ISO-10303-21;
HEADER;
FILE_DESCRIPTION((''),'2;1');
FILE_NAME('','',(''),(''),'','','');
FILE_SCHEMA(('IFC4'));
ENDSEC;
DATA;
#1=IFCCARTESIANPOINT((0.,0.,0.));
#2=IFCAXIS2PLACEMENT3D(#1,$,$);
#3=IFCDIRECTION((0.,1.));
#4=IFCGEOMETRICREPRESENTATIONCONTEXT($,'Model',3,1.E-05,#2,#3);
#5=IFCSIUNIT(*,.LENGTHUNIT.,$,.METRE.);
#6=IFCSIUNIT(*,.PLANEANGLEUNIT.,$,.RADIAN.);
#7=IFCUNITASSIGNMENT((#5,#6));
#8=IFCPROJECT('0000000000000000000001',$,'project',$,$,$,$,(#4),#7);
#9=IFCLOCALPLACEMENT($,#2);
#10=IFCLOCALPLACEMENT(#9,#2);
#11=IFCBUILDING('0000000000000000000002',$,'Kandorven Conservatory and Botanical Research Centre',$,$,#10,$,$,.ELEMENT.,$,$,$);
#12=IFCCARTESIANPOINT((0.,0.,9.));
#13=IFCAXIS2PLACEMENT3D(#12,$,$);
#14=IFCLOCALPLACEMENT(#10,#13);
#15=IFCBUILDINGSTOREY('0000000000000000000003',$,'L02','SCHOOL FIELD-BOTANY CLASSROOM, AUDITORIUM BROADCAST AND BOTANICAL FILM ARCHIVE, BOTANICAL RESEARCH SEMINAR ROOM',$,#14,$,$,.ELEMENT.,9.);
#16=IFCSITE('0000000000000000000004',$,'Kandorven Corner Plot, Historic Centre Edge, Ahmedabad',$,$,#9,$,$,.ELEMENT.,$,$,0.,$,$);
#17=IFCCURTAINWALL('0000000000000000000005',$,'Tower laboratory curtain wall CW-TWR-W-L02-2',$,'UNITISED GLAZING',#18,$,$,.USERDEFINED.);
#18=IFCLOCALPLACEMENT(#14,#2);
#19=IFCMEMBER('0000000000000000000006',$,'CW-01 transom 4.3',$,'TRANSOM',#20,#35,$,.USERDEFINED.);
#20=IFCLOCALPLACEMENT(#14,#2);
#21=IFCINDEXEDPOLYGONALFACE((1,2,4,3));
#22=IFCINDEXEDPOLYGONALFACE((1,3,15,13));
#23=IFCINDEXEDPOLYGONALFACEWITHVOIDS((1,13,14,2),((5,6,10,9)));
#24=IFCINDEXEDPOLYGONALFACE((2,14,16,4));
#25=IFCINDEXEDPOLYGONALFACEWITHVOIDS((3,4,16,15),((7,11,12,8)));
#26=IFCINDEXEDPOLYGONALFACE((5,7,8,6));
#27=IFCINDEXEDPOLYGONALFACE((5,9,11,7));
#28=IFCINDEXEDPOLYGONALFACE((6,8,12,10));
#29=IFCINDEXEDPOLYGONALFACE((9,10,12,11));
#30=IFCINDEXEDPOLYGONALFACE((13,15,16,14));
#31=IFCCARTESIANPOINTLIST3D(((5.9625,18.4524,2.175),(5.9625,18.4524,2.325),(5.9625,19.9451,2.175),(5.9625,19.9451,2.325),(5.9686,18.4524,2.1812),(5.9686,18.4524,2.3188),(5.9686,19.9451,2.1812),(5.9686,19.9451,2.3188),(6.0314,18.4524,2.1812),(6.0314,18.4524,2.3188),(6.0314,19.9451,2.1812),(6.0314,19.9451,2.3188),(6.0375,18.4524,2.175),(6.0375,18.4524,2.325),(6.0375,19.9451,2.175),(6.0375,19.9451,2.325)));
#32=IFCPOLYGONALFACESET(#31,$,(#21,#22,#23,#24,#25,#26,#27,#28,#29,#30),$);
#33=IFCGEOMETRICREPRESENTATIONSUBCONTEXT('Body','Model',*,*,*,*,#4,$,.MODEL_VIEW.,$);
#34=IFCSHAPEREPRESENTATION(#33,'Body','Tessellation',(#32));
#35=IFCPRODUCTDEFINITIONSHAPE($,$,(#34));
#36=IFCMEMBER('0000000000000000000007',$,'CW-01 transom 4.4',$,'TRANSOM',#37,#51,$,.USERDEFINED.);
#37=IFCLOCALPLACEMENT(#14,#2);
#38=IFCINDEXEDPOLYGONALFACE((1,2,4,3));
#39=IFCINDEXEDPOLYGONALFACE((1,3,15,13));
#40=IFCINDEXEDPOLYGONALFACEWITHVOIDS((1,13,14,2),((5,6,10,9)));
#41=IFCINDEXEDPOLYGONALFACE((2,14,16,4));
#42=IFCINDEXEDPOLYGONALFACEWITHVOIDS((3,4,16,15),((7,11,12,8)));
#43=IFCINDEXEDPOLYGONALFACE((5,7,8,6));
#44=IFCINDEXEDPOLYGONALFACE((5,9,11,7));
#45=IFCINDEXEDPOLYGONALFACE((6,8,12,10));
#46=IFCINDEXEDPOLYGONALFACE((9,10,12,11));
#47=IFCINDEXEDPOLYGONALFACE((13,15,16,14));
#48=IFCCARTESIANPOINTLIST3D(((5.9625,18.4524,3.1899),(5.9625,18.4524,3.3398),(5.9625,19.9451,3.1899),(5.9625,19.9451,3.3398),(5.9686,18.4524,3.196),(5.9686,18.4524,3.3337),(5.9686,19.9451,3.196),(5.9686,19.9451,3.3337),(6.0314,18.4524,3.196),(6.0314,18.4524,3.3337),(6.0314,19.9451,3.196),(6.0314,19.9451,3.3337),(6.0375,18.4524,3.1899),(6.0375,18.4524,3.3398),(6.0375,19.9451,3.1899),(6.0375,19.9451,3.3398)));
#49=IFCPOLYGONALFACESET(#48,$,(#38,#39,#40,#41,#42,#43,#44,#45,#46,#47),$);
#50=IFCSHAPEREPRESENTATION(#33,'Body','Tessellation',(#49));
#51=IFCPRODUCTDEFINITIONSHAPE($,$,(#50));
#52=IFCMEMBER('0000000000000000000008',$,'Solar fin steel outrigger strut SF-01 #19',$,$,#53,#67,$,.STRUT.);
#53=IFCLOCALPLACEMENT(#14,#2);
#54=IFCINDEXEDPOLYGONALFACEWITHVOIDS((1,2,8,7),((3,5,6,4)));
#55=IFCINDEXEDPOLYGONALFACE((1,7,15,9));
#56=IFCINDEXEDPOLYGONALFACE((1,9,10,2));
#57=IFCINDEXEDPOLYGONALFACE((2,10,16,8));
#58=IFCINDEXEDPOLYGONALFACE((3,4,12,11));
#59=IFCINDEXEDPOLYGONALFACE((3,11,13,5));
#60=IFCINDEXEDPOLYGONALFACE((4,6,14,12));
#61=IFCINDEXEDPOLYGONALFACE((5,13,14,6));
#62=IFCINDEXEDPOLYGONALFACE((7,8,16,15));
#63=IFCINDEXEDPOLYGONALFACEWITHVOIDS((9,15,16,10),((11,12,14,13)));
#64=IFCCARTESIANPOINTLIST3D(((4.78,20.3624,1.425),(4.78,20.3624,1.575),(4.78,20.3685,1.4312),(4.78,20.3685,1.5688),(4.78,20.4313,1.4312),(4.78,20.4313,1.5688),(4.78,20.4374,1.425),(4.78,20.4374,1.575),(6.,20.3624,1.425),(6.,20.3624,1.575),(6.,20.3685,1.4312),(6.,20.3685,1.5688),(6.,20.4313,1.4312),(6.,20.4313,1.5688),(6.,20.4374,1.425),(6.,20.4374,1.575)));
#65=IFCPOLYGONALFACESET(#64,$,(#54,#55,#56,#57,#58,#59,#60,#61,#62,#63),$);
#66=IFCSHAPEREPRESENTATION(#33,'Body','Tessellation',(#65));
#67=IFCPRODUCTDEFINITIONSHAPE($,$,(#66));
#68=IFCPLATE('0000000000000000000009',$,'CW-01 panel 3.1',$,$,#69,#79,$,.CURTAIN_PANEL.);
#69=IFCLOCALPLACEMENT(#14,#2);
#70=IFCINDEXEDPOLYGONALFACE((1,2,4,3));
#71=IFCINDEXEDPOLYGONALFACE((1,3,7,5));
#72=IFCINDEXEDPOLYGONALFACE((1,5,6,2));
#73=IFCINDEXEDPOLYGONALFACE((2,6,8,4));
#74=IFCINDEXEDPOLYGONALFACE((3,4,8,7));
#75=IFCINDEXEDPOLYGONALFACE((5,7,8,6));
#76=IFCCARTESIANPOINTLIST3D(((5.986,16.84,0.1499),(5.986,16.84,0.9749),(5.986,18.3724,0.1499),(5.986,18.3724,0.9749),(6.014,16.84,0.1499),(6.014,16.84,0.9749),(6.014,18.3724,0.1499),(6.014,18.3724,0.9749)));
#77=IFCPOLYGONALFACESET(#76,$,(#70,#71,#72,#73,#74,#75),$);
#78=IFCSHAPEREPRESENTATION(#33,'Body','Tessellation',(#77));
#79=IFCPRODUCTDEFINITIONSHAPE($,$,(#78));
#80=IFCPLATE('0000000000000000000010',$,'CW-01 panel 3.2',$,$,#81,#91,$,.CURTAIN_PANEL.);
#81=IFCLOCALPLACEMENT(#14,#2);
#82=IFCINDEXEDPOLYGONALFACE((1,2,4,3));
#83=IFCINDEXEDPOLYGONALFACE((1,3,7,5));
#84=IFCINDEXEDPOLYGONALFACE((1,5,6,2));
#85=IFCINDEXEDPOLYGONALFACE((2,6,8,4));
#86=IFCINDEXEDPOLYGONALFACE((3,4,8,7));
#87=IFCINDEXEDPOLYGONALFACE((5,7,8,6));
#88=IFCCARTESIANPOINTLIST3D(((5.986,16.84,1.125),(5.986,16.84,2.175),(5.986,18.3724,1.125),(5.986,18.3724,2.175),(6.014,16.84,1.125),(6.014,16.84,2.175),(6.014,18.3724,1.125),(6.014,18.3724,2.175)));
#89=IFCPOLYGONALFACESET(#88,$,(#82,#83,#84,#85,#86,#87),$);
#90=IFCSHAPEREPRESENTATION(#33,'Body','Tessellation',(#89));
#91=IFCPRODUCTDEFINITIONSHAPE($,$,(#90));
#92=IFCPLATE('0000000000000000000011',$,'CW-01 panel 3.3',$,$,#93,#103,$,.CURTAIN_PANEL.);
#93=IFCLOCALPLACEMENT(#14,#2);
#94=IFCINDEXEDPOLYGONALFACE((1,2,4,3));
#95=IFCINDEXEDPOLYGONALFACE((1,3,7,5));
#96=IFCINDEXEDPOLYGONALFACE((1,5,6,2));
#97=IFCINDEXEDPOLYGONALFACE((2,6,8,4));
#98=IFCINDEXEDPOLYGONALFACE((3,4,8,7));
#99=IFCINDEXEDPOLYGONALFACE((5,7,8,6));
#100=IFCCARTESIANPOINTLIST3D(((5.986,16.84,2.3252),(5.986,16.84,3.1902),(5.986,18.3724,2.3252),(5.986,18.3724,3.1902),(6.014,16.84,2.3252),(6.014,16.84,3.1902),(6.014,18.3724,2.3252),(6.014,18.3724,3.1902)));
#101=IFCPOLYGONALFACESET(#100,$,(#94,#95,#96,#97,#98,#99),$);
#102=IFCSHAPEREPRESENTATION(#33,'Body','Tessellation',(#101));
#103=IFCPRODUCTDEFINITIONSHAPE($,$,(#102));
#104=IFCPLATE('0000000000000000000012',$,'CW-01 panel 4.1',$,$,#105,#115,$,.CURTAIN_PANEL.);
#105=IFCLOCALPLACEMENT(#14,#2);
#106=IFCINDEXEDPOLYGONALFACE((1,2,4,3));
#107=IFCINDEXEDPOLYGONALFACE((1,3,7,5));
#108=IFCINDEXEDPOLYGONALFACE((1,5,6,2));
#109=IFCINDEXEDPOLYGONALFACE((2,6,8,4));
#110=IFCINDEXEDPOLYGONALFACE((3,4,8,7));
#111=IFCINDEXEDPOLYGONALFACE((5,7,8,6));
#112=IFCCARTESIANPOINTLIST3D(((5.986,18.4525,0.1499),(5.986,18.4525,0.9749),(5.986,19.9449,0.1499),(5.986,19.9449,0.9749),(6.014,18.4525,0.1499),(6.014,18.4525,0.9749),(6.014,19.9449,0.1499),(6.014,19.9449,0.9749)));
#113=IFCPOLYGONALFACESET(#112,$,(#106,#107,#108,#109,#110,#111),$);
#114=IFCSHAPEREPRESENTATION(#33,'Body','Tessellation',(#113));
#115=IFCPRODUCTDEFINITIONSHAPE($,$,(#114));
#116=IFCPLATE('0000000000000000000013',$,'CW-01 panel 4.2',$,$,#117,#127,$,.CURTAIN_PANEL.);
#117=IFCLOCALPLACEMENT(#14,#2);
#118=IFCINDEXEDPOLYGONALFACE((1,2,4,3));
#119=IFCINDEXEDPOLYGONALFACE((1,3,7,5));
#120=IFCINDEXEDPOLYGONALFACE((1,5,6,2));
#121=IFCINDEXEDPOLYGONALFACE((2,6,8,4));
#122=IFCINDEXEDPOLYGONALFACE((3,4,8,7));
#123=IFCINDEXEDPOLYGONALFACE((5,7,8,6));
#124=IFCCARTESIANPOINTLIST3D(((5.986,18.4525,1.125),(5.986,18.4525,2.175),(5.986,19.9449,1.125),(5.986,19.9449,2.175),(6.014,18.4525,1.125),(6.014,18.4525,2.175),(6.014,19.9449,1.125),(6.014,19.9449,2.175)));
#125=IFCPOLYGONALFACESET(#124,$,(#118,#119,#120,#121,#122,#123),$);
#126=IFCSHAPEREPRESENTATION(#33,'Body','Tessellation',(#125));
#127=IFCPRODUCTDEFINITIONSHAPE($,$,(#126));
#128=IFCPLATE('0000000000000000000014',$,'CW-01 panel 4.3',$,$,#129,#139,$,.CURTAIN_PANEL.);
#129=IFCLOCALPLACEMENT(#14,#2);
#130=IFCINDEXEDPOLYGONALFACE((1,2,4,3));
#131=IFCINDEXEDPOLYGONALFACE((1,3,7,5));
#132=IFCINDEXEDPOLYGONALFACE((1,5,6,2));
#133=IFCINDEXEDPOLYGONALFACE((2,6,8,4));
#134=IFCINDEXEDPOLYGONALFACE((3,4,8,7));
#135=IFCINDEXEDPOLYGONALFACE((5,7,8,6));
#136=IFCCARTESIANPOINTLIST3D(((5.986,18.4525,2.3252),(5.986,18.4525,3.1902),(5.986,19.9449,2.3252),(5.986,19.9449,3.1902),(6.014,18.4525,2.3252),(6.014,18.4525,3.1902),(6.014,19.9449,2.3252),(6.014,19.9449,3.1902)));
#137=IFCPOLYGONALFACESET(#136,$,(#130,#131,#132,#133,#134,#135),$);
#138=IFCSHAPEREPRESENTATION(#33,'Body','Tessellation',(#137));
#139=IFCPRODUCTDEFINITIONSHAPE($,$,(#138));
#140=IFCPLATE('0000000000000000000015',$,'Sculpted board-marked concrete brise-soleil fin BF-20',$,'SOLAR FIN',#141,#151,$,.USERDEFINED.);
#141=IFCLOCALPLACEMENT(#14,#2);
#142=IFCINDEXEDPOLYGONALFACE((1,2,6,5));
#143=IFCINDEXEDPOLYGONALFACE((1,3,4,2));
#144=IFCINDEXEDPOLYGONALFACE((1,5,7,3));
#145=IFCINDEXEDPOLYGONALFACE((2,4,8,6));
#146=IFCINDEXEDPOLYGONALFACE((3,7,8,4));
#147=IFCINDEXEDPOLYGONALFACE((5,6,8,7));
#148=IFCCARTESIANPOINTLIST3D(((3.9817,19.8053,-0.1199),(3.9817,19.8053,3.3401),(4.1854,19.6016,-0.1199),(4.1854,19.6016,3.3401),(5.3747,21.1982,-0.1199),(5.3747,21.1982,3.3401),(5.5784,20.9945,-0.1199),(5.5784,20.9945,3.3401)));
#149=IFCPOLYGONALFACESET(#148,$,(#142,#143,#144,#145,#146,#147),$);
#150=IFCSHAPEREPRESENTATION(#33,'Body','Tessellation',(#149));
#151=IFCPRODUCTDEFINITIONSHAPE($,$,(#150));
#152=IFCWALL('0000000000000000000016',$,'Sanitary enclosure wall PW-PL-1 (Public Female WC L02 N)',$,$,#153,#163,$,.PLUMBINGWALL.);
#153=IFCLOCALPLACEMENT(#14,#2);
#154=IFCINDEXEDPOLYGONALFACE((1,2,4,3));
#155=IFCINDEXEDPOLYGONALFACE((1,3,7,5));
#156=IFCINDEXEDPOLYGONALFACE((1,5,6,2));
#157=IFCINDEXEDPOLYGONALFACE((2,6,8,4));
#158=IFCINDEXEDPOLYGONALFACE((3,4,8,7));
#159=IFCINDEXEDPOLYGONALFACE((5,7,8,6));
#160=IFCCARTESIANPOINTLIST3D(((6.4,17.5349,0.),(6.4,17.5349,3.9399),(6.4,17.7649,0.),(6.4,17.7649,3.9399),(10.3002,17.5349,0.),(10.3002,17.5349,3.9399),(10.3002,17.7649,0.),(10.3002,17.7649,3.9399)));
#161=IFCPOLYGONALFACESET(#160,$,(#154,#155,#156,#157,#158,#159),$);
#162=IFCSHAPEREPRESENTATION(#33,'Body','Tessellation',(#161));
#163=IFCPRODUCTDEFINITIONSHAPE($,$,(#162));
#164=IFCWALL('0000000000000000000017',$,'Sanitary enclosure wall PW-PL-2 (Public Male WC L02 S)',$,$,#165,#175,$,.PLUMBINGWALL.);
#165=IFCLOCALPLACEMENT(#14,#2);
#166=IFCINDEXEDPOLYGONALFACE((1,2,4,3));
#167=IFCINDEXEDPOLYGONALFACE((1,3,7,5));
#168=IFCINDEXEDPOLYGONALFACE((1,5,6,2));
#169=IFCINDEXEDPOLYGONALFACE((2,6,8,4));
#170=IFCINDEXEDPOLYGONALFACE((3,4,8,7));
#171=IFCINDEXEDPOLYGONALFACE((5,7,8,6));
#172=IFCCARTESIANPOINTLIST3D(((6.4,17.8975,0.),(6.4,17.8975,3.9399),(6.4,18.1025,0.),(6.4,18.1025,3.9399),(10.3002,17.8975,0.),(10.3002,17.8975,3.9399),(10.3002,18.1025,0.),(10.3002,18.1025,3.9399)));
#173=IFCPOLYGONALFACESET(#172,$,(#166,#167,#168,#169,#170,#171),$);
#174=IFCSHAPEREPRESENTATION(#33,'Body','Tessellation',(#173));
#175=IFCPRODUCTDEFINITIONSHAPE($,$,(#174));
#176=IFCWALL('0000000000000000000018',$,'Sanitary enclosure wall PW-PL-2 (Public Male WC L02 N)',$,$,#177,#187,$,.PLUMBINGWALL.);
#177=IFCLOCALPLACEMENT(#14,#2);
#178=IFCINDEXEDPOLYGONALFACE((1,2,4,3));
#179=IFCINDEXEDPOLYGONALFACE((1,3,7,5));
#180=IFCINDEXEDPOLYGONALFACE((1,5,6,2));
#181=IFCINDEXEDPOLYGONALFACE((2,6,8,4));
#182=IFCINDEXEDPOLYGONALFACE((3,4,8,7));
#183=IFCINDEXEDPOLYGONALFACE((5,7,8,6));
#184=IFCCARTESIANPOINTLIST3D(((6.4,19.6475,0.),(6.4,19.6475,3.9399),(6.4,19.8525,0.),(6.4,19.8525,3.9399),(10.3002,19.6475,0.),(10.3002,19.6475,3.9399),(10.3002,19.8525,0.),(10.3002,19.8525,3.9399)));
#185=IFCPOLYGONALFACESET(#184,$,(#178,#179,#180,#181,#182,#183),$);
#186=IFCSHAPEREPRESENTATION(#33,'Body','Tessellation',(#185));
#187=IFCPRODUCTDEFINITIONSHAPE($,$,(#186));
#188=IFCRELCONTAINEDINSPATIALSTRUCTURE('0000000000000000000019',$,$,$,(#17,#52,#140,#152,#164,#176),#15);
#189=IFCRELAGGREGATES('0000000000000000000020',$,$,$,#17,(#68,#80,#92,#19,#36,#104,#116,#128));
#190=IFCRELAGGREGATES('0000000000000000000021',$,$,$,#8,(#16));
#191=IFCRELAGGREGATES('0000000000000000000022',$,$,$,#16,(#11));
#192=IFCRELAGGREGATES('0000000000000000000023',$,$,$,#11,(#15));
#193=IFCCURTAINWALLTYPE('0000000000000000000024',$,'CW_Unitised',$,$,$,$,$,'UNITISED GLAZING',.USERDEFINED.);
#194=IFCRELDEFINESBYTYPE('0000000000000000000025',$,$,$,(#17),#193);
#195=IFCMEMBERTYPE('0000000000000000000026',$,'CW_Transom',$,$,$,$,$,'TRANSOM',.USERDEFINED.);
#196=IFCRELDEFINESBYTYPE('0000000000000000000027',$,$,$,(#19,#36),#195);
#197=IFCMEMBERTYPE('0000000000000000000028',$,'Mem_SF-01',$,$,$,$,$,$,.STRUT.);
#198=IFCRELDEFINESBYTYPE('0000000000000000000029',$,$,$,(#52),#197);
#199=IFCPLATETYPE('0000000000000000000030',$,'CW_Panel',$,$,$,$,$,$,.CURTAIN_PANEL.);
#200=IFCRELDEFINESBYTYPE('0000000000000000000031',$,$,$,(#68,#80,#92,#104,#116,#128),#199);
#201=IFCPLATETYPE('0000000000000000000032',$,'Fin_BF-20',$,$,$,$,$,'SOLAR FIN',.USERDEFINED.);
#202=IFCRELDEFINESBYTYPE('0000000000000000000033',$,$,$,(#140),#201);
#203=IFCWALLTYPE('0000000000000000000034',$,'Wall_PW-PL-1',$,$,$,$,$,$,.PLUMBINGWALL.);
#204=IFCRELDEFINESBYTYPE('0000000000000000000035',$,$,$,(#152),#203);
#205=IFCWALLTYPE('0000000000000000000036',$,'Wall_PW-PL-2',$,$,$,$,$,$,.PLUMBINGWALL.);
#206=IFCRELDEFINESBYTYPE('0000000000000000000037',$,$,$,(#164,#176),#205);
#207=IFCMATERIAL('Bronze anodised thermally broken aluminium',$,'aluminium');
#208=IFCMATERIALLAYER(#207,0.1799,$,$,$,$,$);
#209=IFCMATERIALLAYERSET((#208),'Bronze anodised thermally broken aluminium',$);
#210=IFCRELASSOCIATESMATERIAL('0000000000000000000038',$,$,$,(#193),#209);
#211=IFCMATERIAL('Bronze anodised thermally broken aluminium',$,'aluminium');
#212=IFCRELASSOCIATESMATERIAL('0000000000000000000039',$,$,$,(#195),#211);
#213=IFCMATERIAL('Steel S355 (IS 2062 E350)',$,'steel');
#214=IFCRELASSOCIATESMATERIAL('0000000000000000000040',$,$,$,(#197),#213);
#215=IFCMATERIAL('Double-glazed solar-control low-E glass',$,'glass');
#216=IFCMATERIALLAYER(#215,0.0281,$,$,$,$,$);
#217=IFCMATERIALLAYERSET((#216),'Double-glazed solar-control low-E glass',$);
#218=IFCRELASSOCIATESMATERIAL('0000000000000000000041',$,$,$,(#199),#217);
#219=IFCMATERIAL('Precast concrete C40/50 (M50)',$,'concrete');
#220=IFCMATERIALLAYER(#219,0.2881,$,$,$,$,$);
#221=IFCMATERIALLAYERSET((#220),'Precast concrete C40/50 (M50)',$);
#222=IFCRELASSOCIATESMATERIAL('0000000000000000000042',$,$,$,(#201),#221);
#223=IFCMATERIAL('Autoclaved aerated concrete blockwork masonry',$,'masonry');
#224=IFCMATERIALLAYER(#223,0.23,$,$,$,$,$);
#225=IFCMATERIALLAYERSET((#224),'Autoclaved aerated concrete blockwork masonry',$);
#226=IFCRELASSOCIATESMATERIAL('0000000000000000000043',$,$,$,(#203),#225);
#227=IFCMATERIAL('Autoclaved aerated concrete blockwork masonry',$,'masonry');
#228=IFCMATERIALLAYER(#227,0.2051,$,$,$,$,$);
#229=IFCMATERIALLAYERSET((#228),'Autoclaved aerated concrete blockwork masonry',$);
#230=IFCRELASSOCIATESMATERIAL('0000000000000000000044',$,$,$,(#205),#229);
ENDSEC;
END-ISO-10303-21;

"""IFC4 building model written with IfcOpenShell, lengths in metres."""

from ifc_helpers import new_model, si_unit, direction, frame, frame_2d, origin, origin_2d, place, context, subcontext, project, spatial, rectangle, hollow_rectangle, extrude, material, layer, layer_set, material_profile, profile_set, type_object, element, aggregate, save


model = new_model("IFC4")

# Units and contexts
model_context = context("Model", 3, precision=1e-05, world=origin(), true_north=direction((0.0, 1.0)))
body_context = subcontext(model_context, "Body", "Model", "MODEL_VIEW")
ifc_project = project(units=[si_unit("LENGTHUNIT", "METRE"), si_unit("PLANEANGLEUNIT", "RADIAN")], contexts=[model_context])

# Site, building, storey
site_placement = place(None, origin())
site = spatial("IfcSite", under=ifc_project, at=site_placement, Name="Kandorven Corner Plot, Historic Centre Edge, Ahmedabad", CompositionType="ELEMENT", RefElevation=0.0)
building_placement = place(site_placement, origin())
building = spatial("IfcBuilding", under=site, at=building_placement, Name="Kandorven Conservatory and Botanical Research Centre", CompositionType="ELEMENT")
storey_placement = place(building_placement, frame((0.0, 0.0, 9.0)))
storey = spatial("IfcBuildingStorey", under=building, at=storey_placement, Name="L02", Description="SCHOOL FIELD-BOTANY CLASSROOM, AUDITORIUM BROADCAST AND BOTANICAL FILM ARCHIVE, BOTANICAL RESEARCH SEMINAR ROOM", CompositionType="ELEMENT", Elevation=9.0)

# Curtain wall, members
ifc_material_1 = material(Name="Bronze anodised thermally broken aluminium", Category="aluminium")
ifc_layer_1 = layer(ifc_material_1, 0.1799)
ifc_layer_set_1 = layer_set([ifc_layer_1], Name="Bronze anodised thermally broken aluminium")
curtain_wall_type = type_object("IfcCurtainWallType", Name="CW_Unitised", ElementType="UNITISED GLAZING", PredefinedType="USERDEFINED", material=ifc_layer_set_1)
curtain_wall_placement = place(storey_placement, origin())
curtain_wall = element("IfcCurtainWall", 1, at=curtain_wall_placement, inside=storey, type_object=curtain_wall_type, Name="Tower laboratory curtain wall CW-TWR-W-L02-2", ObjectType="UNITISED GLAZING", PredefinedType="USERDEFINED")
ifc_material_2 = material(Name="Bronze anodised thermally broken aluminium", Category="aluminium")
ifc_material_profile_1 = material_profile(ifc_material_2, hollow_rectangle(XDim=0.075, YDim=0.1499, WallThickness=0.0061, at=origin_2d()))
ifc_profile_set_1 = profile_set([ifc_material_profile_1], Name="Bronze anodised thermally broken aluminium")
member_type_1 = type_object("IfcMemberType", Name="CW_Transom", ElementType="TRANSOM", PredefinedType="USERDEFINED", material=ifc_profile_set_1)
member_1_placement = place(storey_placement, frame((6.0, 18.4524, 2.25), z_axis=(0.0, 1.0, 0.0), x_axis=(-1.0, 0.0, 0.0)))
member_1 = element("IfcMember", 2, at=member_1_placement, type_object=member_type_1, Name="CW-01 transom 4.3", ObjectType="TRANSOM", PredefinedType="USERDEFINED", context=body_context, shape_type="SweptSolid", body=[
    extrude(hollow_rectangle(XDim=0.075, YDim=0.1499, WallThickness=0.0061, at=origin_2d()), origin(), (0.0, 0.0, 1.0), 1.4927),
])
member_2_placement = place(storey_placement, frame((6.0, 18.4524, 3.2649), z_axis=(0.0, 1.0, 0.0), x_axis=(-1.0, 0.0, 0.0)))
member_2 = element("IfcMember", 3, at=member_2_placement, type_object=member_type_1, Name="CW-01 transom 4.4", ObjectType="TRANSOM", PredefinedType="USERDEFINED", context=body_context, shape_type="SweptSolid", body=[
    extrude(hollow_rectangle(XDim=0.075, YDim=0.1499, WallThickness=0.0061, at=origin_2d()), origin(), (0.0, 0.0, 1.0), 1.4927),
])

# Member
ifc_material_3 = material(Name="Steel S355 (IS 2062 E350)", Category="steel")
ifc_material_profile_2 = material_profile(ifc_material_3, hollow_rectangle(XDim=0.075, YDim=0.1499, WallThickness=0.0061, at=origin_2d()))
ifc_profile_set_2 = profile_set([ifc_material_profile_2], Name="Steel S355 (IS 2062 E350)")
member_type_2 = type_object("IfcMemberType", Name="Mem_SF-01", PredefinedType="STRUT", material=ifc_profile_set_2)
member_3_placement = place(storey_placement, frame((6.0, 20.3999, 1.5), z_axis=(-1.0, 0.0, 0.0), x_axis=(0.0, -1.0, 0.0)))
element("IfcMember", 4, at=member_3_placement, inside=storey, type_object=member_type_2, Name="Solar fin steel outrigger strut SF-01 #19", PredefinedType="STRUT", context=body_context, shape_type="SweptSolid", body=[
    extrude(hollow_rectangle(XDim=0.075, YDim=0.1499, WallThickness=0.0061, at=origin_2d()), origin(), (0.0, 0.0, 1.0), 1.22),
])

# Plates
ifc_material_4 = material(Name="Double-glazed solar-control low-E glass", Category="glass")
ifc_layer_2 = layer(ifc_material_4, 0.0281)
ifc_layer_set_2 = layer_set([ifc_layer_2], Name="Double-glazed solar-control low-E glass")
plate_type_1 = type_object("IfcPlateType", Name="CW_Panel", PredefinedType="CURTAIN_PANEL", material=ifc_layer_set_2)
plate_1_placement = place(storey_placement, frame((6.0, 17.6062, 0.1499), z_axis=(0.0, 0.0, 1.0), x_axis=(0.0, 1.0, 0.0)))
plate_1 = element("IfcPlate", 5, at=plate_1_placement, type_object=plate_type_1, Name="CW-01 panel 3.1", PredefinedType="CURTAIN_PANEL", context=body_context, shape_type="SweptSolid", body=[
    extrude(rectangle(XDim=1.5325, YDim=0.0281, at=origin_2d()), origin(), (0.0, 0.0, 1.0), 0.825),
])
plate_2_placement = place(storey_placement, frame((6.0, 17.6062, 1.125), z_axis=(0.0, 0.0, 1.0), x_axis=(0.0, 1.0, 0.0)))
plate_2 = element("IfcPlate", 6, at=plate_2_placement, type_object=plate_type_1, Name="CW-01 panel 3.2", PredefinedType="CURTAIN_PANEL", context=body_context, shape_type="SweptSolid", body=[
    extrude(rectangle(XDim=1.5325, YDim=0.0281, at=origin_2d()), origin(), (0.0, 0.0, 1.0), 1.05),
])
plate_3_placement = place(storey_placement, frame((6.0, 17.6062, 2.3252), z_axis=(0.0, 0.0, 1.0), x_axis=(0.0, 1.0, 0.0)))
plate_3 = element("IfcPlate", 7, at=plate_3_placement, type_object=plate_type_1, Name="CW-01 panel 3.3", PredefinedType="CURTAIN_PANEL", context=body_context, shape_type="SweptSolid", body=[
    extrude(rectangle(XDim=1.5325, YDim=0.0281, at=origin_2d()), origin(), (0.0, 0.0, 1.0), 0.865),
])
plate_4_placement = place(storey_placement, frame((6.0, 19.1987, 0.1499), z_axis=(0.0, 0.0, 1.0), x_axis=(0.0, 1.0, 0.0)))
plate_4 = element("IfcPlate", 8, at=plate_4_placement, type_object=plate_type_1, Name="CW-01 panel 4.1", PredefinedType="CURTAIN_PANEL", context=body_context, shape_type="SweptSolid", body=[
    extrude(rectangle(XDim=1.4924, YDim=0.0281, at=origin_2d()), origin(), (0.0, 0.0, 1.0), 0.825),
])
plate_5_placement = place(storey_placement, frame((6.0, 19.1987, 1.125), z_axis=(0.0, 0.0, 1.0), x_axis=(0.0, 1.0, 0.0)))
plate_5 = element("IfcPlate", 9, at=plate_5_placement, type_object=plate_type_1, Name="CW-01 panel 4.2", PredefinedType="CURTAIN_PANEL", context=body_context, shape_type="SweptSolid", body=[
    extrude(rectangle(XDim=1.4924, YDim=0.0281, at=origin_2d()), origin(), (0.0, 0.0, 1.0), 1.05),
])
plate_6_placement = place(storey_placement, frame((6.0, 19.1987, 2.3252), z_axis=(0.0, 0.0, 1.0), x_axis=(0.0, 1.0, 0.0)))
plate_6 = element("IfcPlate", 10, at=plate_6_placement, type_object=plate_type_1, Name="CW-01 panel 4.3", PredefinedType="CURTAIN_PANEL", context=body_context, shape_type="SweptSolid", body=[
    extrude(rectangle(XDim=1.4924, YDim=0.0281, at=origin_2d()), origin(), (0.0, 0.0, 1.0), 0.865),
])
aggregate(curtain_wall, [plate_1, plate_2, plate_3, member_1, member_2, plate_4, plate_5, plate_6])
ifc_material_5 = material(Name="Precast concrete C40/50 (M50)", Category="concrete")
ifc_layer_3 = layer(ifc_material_5, 0.2881)
ifc_layer_set_3 = layer_set([ifc_layer_3], Name="Precast concrete C40/50 (M50)")
plate_type_2 = type_object("IfcPlateType", Name="Fin_BF-20", ElementType="SOLAR FIN", PredefinedType="USERDEFINED", material=ifc_layer_set_3)
plate_7_placement = place(storey_placement, frame((4.78, 20.3999, -0.1199), z_axis=(0.0, 0.0, 1.0), x_axis=(0.707107, 0.707107, 0.0)))
element("IfcPlate", 11, at=plate_7_placement, inside=storey, type_object=plate_type_2, Name="Sculpted board-marked concrete brise-soleil fin BF-20", ObjectType="SOLAR FIN", PredefinedType="USERDEFINED", context=body_context, shape_type="SweptSolid", body=[
    extrude(rectangle(XDim=1.97, YDim=0.2881, at=origin_2d()), origin(), (0.0, 0.0, 1.0), 3.46),
])

# Walls
ifc_material_6 = material(Name="Autoclaved aerated concrete blockwork masonry", Category="masonry")
ifc_layer_4 = layer(ifc_material_6, 0.23)
ifc_layer_set_4 = layer_set([ifc_layer_4], Name="Autoclaved aerated concrete blockwork masonry")
wall_type_1 = type_object("IfcWallType", Name="Wall_PW-PL-1", PredefinedType="PLUMBINGWALL", material=ifc_layer_set_4)
wall_placement = place(storey_placement, frame((6.3999, 17.6499, 0.0), z_axis=(0.0, 0.0, 1.0), x_axis=(1.0, 0.0, 0.0)))
element("IfcWall", 12, at=wall_placement, inside=storey, type_object=wall_type_1, Name="Sanitary enclosure wall PW-PL-1 (Public Female WC L02 N)", PredefinedType="PLUMBINGWALL", context=body_context, shape_type="SweptSolid", body=[
    extrude(rectangle(XDim=3.9001, YDim=0.23, at=frame_2d((1.9502, 0.0))), origin(), (0.0, 0.0, 1.0), 3.9399),
])
ifc_material_7 = material(Name="Autoclaved aerated concrete blockwork masonry", Category="masonry")
ifc_layer_5 = layer(ifc_material_7, 0.2051)
ifc_layer_set_5 = layer_set([ifc_layer_5], Name="Autoclaved aerated concrete blockwork masonry")
wall_type_2 = type_object("IfcWallType", Name="Wall_PW-PL-2", PredefinedType="PLUMBINGWALL", material=ifc_layer_set_5)
for number, where, z_axis, x_axis, name in (
    (13, (6.3999, 18.0, 0.0), (0.0, 0.0, 1.0), (1.0, 0.0, 0.0), "Sanitary enclosure wall PW-PL-2 (Public Male WC L02 S)"),
    (14, (6.3999, 19.75, 0.0), (0.0, 0.0, 1.0), (1.0, 0.0, 0.0), "Sanitary enclosure wall PW-PL-2 (Public Male WC L02 N)"),
):
    element("IfcWall", number, at=place(storey_placement, frame(where, z_axis=z_axis, x_axis=x_axis)), inside=storey, type_object=wall_type_2, Name=name, PredefinedType="PLUMBINGWALL", context=body_context, shape_type="SweptSolid", body=[
        extrude(rectangle(XDim=3.9001, YDim=0.2051, at=frame_2d((1.9502, 0.0))), origin(), (0.0, 0.0, 1.0), 3.9399),
    ])

save(model, "model.ifc")
